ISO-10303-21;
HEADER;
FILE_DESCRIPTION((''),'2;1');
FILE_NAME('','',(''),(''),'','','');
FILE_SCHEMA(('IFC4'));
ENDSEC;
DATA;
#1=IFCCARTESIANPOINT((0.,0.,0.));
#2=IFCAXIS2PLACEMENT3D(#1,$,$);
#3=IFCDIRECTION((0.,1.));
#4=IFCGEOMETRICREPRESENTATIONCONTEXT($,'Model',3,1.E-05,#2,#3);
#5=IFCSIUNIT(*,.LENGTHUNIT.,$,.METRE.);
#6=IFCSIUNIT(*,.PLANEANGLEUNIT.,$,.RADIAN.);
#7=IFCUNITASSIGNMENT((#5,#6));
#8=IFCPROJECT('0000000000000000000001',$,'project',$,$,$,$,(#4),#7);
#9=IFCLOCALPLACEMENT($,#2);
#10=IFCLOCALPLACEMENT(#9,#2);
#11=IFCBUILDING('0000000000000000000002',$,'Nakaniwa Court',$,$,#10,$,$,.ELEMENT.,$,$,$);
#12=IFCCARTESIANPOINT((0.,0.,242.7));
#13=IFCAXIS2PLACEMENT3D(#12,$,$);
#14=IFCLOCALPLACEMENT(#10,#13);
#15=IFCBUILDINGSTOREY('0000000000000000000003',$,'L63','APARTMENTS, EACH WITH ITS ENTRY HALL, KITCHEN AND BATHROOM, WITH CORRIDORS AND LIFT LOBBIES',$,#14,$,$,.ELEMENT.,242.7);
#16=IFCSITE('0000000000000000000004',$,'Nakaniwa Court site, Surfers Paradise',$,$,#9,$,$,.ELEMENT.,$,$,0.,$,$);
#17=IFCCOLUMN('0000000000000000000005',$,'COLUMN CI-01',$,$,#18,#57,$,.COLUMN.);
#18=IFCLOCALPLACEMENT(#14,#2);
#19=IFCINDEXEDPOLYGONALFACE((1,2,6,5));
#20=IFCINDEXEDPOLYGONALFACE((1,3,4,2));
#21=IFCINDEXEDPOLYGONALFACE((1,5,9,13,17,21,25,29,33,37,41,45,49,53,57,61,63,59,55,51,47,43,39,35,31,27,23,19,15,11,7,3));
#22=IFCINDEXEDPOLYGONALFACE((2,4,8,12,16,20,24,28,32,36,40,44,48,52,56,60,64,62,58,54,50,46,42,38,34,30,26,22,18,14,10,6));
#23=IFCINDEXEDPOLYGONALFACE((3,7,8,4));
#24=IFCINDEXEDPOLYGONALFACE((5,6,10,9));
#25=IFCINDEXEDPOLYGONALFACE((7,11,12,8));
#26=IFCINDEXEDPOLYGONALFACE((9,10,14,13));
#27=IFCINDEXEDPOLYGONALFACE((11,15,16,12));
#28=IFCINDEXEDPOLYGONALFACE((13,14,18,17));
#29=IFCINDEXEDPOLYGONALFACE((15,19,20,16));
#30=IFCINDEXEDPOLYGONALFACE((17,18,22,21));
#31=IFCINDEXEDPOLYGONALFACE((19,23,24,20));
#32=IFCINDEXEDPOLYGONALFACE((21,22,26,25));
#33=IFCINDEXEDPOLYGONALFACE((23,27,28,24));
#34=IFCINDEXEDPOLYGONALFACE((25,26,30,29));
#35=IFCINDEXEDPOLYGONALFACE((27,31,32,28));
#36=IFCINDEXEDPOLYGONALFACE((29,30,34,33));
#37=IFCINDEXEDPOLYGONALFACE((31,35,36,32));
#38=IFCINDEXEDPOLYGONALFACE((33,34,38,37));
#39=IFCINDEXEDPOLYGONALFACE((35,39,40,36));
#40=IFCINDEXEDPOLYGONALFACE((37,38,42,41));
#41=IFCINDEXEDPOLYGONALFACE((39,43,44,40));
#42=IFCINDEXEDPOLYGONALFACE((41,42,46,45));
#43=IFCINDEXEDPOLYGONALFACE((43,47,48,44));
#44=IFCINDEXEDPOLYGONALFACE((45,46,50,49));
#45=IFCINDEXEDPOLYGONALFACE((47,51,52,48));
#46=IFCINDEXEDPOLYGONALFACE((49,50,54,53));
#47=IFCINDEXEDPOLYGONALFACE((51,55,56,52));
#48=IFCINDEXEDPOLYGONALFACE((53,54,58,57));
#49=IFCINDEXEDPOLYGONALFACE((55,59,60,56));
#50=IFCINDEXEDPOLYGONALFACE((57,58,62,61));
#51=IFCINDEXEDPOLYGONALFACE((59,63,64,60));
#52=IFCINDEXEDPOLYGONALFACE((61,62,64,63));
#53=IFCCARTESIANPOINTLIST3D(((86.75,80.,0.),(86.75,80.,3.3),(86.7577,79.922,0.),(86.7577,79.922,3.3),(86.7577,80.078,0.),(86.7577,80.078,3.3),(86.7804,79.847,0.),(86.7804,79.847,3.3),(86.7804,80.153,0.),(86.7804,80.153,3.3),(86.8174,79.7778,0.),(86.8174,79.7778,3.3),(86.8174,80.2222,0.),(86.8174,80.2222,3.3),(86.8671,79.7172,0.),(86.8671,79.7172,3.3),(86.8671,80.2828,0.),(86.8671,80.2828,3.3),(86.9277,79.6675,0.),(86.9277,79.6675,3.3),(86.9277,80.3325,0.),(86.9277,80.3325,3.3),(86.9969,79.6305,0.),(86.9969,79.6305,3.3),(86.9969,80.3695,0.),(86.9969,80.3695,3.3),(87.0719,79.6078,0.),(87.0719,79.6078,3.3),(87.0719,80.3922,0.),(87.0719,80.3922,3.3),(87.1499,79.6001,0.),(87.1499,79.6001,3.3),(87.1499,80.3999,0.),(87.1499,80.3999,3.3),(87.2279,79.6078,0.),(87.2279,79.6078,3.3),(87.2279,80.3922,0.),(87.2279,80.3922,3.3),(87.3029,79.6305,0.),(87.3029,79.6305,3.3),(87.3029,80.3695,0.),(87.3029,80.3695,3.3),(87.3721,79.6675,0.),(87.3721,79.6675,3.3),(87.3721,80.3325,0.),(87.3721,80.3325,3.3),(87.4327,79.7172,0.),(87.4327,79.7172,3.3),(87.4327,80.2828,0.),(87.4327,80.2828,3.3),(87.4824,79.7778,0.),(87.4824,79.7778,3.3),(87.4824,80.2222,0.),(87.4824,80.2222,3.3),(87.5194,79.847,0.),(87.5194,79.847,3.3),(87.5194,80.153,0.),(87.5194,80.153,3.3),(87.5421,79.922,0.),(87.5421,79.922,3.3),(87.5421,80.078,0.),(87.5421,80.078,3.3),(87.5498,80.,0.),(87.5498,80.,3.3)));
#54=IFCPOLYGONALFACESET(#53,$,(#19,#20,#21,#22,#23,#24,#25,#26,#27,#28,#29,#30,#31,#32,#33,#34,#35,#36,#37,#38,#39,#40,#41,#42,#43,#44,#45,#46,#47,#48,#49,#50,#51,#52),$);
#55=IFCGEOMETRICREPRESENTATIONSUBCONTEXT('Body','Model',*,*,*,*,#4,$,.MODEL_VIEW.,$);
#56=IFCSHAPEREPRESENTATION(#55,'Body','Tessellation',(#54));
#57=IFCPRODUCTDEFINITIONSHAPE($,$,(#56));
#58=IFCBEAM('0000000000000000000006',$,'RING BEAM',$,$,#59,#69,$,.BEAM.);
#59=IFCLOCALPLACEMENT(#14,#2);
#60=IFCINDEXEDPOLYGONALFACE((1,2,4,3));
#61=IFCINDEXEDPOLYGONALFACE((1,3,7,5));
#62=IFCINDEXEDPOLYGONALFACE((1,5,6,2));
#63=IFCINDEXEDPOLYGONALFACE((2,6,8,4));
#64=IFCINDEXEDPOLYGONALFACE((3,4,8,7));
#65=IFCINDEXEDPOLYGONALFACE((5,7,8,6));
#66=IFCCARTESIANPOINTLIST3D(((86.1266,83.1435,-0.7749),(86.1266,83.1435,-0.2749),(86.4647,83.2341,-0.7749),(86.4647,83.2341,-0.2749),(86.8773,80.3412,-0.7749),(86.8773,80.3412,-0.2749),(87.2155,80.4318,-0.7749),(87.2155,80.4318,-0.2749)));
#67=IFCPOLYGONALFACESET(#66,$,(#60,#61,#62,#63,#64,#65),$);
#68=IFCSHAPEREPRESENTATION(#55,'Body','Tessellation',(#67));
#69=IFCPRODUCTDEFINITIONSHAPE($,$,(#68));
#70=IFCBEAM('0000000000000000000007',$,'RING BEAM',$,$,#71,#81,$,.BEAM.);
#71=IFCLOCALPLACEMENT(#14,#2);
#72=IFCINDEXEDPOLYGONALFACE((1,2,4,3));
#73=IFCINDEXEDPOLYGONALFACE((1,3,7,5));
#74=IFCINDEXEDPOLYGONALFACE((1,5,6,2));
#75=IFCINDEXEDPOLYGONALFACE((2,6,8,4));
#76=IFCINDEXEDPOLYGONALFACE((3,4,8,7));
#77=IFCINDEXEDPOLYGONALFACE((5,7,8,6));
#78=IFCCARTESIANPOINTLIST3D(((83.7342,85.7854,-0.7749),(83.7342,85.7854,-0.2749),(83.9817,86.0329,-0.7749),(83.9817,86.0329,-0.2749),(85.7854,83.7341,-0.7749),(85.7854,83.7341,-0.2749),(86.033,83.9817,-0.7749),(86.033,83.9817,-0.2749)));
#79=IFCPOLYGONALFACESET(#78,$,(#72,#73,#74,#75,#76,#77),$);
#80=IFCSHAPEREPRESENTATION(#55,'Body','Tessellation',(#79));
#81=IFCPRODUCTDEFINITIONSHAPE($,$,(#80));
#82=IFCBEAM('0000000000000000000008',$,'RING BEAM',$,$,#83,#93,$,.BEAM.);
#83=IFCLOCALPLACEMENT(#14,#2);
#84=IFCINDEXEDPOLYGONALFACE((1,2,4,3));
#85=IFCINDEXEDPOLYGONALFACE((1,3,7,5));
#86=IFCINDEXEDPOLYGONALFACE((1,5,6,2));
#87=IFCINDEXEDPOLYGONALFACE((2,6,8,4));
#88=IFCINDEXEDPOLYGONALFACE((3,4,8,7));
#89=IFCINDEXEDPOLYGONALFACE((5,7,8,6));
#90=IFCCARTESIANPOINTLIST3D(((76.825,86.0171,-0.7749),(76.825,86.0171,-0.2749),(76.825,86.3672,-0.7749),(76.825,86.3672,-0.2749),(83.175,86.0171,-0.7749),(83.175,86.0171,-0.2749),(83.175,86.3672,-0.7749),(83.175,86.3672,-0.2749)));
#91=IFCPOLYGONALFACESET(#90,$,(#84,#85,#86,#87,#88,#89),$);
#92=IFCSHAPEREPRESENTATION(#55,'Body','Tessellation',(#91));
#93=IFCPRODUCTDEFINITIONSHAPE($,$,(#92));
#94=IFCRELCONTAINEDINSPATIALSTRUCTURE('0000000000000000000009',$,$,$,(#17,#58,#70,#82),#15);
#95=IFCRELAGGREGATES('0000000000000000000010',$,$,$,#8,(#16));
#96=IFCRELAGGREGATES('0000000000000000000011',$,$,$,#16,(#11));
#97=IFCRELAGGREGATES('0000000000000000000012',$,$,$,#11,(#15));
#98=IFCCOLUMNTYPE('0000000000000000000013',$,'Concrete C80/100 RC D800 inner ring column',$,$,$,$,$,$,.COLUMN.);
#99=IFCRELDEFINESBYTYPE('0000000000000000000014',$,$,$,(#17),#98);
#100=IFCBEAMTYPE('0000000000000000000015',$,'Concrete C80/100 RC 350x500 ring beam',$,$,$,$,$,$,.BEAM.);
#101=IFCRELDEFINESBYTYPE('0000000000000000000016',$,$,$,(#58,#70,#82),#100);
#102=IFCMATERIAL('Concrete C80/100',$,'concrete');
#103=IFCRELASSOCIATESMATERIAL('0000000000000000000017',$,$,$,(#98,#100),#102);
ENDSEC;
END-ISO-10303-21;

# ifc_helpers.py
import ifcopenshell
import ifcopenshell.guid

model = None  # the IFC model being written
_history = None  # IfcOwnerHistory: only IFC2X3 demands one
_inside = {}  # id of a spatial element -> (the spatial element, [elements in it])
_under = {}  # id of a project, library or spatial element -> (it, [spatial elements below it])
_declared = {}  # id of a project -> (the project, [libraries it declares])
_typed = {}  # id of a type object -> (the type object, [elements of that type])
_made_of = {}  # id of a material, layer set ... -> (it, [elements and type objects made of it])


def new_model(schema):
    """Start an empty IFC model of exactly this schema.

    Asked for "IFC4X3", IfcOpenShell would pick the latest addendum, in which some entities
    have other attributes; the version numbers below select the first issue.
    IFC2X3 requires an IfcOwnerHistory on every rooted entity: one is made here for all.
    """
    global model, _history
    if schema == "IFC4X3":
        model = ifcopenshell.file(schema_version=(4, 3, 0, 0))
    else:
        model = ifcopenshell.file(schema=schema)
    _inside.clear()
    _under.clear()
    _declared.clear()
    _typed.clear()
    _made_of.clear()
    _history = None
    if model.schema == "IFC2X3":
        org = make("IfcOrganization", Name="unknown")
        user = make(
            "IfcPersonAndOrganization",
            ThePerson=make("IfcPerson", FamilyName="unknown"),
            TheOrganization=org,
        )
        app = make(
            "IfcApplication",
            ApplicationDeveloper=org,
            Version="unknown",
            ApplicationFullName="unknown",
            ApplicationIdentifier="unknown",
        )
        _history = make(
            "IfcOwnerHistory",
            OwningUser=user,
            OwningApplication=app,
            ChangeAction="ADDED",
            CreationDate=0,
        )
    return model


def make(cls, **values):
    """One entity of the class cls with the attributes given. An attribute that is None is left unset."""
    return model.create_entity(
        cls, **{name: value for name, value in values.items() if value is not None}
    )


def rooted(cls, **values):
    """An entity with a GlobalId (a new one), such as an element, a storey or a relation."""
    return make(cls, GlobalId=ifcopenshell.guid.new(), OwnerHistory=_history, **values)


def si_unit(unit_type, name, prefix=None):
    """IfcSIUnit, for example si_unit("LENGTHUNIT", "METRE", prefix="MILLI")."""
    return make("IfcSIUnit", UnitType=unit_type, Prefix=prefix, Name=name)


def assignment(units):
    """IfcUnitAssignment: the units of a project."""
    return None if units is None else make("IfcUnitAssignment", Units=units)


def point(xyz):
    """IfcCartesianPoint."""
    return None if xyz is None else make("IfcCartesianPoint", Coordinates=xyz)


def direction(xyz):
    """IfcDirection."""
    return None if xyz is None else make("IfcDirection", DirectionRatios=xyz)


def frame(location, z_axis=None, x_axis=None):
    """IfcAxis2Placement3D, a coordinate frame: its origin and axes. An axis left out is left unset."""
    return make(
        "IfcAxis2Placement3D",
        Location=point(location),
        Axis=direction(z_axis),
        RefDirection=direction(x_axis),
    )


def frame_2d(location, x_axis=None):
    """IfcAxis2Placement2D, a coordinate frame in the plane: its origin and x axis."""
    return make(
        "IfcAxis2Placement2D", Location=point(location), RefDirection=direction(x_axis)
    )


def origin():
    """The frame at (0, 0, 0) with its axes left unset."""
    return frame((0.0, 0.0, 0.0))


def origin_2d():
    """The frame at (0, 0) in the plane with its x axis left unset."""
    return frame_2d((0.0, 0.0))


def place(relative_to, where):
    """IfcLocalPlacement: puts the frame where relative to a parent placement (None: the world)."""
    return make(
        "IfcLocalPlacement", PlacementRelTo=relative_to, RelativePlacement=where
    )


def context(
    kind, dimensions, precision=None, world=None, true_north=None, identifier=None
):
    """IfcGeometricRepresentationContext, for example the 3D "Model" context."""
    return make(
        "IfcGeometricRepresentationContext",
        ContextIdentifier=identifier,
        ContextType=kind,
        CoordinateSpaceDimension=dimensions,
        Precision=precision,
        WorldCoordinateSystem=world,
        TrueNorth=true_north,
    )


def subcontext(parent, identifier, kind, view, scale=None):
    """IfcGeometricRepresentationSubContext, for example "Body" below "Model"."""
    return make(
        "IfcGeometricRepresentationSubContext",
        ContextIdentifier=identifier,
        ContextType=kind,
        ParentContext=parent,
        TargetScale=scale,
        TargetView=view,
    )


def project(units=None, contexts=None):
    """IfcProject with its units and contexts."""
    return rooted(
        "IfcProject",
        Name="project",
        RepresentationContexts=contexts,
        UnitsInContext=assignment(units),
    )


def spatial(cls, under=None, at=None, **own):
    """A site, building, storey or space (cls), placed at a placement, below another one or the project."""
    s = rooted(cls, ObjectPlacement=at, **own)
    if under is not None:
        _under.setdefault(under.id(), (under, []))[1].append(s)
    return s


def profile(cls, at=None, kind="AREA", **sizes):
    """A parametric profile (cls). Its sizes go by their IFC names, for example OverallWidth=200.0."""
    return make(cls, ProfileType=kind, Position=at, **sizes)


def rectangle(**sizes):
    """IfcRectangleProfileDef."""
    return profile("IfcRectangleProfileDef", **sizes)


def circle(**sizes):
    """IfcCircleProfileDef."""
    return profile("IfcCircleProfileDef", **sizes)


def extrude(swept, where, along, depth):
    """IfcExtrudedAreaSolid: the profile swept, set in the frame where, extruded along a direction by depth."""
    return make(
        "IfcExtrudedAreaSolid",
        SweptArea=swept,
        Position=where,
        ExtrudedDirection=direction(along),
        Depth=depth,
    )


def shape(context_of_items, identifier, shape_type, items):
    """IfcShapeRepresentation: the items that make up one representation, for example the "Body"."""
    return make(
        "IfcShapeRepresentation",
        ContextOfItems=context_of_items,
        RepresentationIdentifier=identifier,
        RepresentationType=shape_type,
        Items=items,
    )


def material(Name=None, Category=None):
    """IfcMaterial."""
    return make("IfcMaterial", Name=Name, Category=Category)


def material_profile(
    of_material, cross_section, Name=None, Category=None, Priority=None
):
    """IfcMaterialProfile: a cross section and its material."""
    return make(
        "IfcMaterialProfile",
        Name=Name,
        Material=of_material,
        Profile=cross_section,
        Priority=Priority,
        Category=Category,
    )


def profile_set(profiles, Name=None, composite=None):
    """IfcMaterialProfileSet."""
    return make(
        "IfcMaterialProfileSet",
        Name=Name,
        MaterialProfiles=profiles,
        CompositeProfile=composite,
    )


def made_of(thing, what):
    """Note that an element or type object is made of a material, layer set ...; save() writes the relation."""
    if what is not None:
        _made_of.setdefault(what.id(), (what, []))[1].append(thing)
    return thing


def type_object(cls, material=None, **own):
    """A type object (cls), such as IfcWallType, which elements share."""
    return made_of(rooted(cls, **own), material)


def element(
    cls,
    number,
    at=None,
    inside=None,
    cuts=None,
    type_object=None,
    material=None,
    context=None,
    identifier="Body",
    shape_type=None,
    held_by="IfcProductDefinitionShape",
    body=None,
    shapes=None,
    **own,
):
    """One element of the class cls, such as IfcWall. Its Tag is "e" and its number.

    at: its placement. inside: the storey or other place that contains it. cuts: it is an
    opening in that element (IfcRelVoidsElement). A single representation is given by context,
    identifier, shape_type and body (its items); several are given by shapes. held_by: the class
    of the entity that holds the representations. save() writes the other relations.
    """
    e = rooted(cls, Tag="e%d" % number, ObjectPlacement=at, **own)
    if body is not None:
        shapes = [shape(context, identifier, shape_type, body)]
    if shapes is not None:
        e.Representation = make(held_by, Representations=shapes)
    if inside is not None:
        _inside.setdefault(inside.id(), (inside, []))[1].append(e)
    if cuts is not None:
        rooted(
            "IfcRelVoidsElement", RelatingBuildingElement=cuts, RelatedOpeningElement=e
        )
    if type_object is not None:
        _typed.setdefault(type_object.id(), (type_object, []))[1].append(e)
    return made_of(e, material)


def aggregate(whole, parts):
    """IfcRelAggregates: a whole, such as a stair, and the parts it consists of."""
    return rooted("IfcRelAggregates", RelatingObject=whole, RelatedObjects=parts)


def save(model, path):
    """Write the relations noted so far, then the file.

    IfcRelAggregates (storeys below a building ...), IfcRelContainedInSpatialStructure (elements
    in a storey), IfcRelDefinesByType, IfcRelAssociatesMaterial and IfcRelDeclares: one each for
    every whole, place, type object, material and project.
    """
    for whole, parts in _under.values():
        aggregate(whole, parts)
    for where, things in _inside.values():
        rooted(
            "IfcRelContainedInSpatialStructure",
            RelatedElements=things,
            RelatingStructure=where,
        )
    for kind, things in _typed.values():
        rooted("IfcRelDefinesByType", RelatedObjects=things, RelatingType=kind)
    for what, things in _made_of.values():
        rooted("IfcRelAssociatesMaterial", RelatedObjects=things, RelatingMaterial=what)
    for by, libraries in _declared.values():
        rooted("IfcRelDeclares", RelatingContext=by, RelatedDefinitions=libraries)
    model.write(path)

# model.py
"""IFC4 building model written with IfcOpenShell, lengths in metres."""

from ifc_helpers import new_model, si_unit, direction, frame, origin, origin_2d, place, context, subcontext, project, spatial, rectangle, circle, extrude, material, material_profile, profile_set, type_object, element, save


model = new_model("IFC4")

# Units and contexts
model_context = context("Model", 3, precision=1e-05, world=origin(), true_north=direction((0.0, 1.0)))
body_context = subcontext(model_context, "Body", "Model", "MODEL_VIEW")
ifc_project = project(units=[si_unit("LENGTHUNIT", "METRE"), si_unit("PLANEANGLEUNIT", "RADIAN")], contexts=[model_context])

# Site, building, storey
site_placement = place(None, origin())
site = spatial("IfcSite", under=ifc_project, at=site_placement, Name="Nakaniwa Court site, Surfers Paradise", CompositionType="ELEMENT", RefElevation=0.0)
building_placement = place(site_placement, origin())
building = spatial("IfcBuilding", under=site, at=building_placement, Name="Nakaniwa Court", CompositionType="ELEMENT")
storey_placement = place(building_placement, frame((0.0, 0.0, 242.7)))
storey = spatial("IfcBuildingStorey", under=building, at=storey_placement, Name="L63", Description="APARTMENTS, EACH WITH ITS ENTRY HALL, KITCHEN AND BATHROOM, WITH CORRIDORS AND LIFT LOBBIES", CompositionType="ELEMENT", Elevation=242.7)

# Column
ifc_material_1 = material(Name="Concrete C80/100", Category="concrete")
ifc_material_profile_1 = material_profile(ifc_material_1, circle(Radius=0.3999, at=origin_2d()), Name="Concrete C80/100 RC D800 inner ring column")
ifc_profile_set_1 = profile_set([ifc_material_profile_1], Name="Concrete C80/100")
column_type = type_object("IfcColumnType", Name="Concrete C80/100 RC D800 inner ring column", PredefinedType="COLUMN", material=ifc_profile_set_1)
for number, where, z_axis, x_axis, name in (
    (1, (87.1499, 80.0, 0.0), (0.0, 0.0, 1.0), (0.0, 1.0, 0.0), "COLUMN CI-01"),
):
    element("IfcColumn", number, at=place(storey_placement, frame(where, z_axis=z_axis, x_axis=x_axis)), inside=storey, type_object=column_type, Name=name, PredefinedType="COLUMN", context=body_context, shape_type="SweptSolid", body=[
        extrude(circle(Radius=0.3999, at=origin_2d()), origin(), (0.0, 0.0, 1.0), 3.3),
    ])

# Beams
ifc_material_profile_2 = material_profile(ifc_material_1, rectangle(XDim=0.3501, YDim=0.5, at=origin_2d()), Name="Concrete C80/100 RC 350x500 ring beam")
ifc_profile_set_2 = profile_set([ifc_material_profile_2], Name="Concrete C80/100")
beam_type = type_object("IfcBeamType", Name="Concrete C80/100 RC 350x500 ring beam", PredefinedType="BEAM", material=ifc_profile_set_2)
beam_1_placement = place(storey_placement, frame((87.0464, 80.3865, -0.5249), z_axis=(-0.258778, 0.965937, 0.0), x_axis=(-0.965937, -0.258778, 0.0)))
element("IfcBeam", 2, at=beam_1_placement, inside=storey, type_object=beam_type, Name="RING BEAM", PredefinedType="BEAM", context=body_context, shape_type="SweptSolid", body=[
    extrude(rectangle(XDim=0.3501, YDim=0.5, at=origin_2d()), origin(), (0.0, 0.0, 1.0), 2.9011),
])
beam_2_placement = place(storey_placement, frame((85.9092, 83.8579, -0.5249), z_axis=(-0.707107, 0.707107, 0.0), x_axis=(-0.707107, -0.707107, 0.0)))
element("IfcBeam", 3, at=beam_2_placement, inside=storey, type_object=beam_type, Name="RING BEAM", PredefinedType="BEAM", context=body_context, shape_type="SweptSolid", body=[
    extrude(rectangle(XDim=0.3501, YDim=0.5, at=origin_2d()), origin(), (0.0, 0.0, 1.0), 2.9009),
])
beam_3_placement = place(storey_placement, frame((83.175, 86.1921, -0.5249), z_axis=(-1.0, 0.0, 0.0), x_axis=(0.0, -1.0, 0.0)))
element("IfcBeam", 4, at=beam_3_placement, inside=storey, type_object=beam_type, Name="RING BEAM", PredefinedType="BEAM", context=body_context, shape_type="SweptSolid", body=[
    extrude(rectangle(XDim=0.3501, YDim=0.5, at=origin_2d()), origin(), (0.0, 0.0, 1.0), 6.3501),
])

save(model, "model.ifc")
